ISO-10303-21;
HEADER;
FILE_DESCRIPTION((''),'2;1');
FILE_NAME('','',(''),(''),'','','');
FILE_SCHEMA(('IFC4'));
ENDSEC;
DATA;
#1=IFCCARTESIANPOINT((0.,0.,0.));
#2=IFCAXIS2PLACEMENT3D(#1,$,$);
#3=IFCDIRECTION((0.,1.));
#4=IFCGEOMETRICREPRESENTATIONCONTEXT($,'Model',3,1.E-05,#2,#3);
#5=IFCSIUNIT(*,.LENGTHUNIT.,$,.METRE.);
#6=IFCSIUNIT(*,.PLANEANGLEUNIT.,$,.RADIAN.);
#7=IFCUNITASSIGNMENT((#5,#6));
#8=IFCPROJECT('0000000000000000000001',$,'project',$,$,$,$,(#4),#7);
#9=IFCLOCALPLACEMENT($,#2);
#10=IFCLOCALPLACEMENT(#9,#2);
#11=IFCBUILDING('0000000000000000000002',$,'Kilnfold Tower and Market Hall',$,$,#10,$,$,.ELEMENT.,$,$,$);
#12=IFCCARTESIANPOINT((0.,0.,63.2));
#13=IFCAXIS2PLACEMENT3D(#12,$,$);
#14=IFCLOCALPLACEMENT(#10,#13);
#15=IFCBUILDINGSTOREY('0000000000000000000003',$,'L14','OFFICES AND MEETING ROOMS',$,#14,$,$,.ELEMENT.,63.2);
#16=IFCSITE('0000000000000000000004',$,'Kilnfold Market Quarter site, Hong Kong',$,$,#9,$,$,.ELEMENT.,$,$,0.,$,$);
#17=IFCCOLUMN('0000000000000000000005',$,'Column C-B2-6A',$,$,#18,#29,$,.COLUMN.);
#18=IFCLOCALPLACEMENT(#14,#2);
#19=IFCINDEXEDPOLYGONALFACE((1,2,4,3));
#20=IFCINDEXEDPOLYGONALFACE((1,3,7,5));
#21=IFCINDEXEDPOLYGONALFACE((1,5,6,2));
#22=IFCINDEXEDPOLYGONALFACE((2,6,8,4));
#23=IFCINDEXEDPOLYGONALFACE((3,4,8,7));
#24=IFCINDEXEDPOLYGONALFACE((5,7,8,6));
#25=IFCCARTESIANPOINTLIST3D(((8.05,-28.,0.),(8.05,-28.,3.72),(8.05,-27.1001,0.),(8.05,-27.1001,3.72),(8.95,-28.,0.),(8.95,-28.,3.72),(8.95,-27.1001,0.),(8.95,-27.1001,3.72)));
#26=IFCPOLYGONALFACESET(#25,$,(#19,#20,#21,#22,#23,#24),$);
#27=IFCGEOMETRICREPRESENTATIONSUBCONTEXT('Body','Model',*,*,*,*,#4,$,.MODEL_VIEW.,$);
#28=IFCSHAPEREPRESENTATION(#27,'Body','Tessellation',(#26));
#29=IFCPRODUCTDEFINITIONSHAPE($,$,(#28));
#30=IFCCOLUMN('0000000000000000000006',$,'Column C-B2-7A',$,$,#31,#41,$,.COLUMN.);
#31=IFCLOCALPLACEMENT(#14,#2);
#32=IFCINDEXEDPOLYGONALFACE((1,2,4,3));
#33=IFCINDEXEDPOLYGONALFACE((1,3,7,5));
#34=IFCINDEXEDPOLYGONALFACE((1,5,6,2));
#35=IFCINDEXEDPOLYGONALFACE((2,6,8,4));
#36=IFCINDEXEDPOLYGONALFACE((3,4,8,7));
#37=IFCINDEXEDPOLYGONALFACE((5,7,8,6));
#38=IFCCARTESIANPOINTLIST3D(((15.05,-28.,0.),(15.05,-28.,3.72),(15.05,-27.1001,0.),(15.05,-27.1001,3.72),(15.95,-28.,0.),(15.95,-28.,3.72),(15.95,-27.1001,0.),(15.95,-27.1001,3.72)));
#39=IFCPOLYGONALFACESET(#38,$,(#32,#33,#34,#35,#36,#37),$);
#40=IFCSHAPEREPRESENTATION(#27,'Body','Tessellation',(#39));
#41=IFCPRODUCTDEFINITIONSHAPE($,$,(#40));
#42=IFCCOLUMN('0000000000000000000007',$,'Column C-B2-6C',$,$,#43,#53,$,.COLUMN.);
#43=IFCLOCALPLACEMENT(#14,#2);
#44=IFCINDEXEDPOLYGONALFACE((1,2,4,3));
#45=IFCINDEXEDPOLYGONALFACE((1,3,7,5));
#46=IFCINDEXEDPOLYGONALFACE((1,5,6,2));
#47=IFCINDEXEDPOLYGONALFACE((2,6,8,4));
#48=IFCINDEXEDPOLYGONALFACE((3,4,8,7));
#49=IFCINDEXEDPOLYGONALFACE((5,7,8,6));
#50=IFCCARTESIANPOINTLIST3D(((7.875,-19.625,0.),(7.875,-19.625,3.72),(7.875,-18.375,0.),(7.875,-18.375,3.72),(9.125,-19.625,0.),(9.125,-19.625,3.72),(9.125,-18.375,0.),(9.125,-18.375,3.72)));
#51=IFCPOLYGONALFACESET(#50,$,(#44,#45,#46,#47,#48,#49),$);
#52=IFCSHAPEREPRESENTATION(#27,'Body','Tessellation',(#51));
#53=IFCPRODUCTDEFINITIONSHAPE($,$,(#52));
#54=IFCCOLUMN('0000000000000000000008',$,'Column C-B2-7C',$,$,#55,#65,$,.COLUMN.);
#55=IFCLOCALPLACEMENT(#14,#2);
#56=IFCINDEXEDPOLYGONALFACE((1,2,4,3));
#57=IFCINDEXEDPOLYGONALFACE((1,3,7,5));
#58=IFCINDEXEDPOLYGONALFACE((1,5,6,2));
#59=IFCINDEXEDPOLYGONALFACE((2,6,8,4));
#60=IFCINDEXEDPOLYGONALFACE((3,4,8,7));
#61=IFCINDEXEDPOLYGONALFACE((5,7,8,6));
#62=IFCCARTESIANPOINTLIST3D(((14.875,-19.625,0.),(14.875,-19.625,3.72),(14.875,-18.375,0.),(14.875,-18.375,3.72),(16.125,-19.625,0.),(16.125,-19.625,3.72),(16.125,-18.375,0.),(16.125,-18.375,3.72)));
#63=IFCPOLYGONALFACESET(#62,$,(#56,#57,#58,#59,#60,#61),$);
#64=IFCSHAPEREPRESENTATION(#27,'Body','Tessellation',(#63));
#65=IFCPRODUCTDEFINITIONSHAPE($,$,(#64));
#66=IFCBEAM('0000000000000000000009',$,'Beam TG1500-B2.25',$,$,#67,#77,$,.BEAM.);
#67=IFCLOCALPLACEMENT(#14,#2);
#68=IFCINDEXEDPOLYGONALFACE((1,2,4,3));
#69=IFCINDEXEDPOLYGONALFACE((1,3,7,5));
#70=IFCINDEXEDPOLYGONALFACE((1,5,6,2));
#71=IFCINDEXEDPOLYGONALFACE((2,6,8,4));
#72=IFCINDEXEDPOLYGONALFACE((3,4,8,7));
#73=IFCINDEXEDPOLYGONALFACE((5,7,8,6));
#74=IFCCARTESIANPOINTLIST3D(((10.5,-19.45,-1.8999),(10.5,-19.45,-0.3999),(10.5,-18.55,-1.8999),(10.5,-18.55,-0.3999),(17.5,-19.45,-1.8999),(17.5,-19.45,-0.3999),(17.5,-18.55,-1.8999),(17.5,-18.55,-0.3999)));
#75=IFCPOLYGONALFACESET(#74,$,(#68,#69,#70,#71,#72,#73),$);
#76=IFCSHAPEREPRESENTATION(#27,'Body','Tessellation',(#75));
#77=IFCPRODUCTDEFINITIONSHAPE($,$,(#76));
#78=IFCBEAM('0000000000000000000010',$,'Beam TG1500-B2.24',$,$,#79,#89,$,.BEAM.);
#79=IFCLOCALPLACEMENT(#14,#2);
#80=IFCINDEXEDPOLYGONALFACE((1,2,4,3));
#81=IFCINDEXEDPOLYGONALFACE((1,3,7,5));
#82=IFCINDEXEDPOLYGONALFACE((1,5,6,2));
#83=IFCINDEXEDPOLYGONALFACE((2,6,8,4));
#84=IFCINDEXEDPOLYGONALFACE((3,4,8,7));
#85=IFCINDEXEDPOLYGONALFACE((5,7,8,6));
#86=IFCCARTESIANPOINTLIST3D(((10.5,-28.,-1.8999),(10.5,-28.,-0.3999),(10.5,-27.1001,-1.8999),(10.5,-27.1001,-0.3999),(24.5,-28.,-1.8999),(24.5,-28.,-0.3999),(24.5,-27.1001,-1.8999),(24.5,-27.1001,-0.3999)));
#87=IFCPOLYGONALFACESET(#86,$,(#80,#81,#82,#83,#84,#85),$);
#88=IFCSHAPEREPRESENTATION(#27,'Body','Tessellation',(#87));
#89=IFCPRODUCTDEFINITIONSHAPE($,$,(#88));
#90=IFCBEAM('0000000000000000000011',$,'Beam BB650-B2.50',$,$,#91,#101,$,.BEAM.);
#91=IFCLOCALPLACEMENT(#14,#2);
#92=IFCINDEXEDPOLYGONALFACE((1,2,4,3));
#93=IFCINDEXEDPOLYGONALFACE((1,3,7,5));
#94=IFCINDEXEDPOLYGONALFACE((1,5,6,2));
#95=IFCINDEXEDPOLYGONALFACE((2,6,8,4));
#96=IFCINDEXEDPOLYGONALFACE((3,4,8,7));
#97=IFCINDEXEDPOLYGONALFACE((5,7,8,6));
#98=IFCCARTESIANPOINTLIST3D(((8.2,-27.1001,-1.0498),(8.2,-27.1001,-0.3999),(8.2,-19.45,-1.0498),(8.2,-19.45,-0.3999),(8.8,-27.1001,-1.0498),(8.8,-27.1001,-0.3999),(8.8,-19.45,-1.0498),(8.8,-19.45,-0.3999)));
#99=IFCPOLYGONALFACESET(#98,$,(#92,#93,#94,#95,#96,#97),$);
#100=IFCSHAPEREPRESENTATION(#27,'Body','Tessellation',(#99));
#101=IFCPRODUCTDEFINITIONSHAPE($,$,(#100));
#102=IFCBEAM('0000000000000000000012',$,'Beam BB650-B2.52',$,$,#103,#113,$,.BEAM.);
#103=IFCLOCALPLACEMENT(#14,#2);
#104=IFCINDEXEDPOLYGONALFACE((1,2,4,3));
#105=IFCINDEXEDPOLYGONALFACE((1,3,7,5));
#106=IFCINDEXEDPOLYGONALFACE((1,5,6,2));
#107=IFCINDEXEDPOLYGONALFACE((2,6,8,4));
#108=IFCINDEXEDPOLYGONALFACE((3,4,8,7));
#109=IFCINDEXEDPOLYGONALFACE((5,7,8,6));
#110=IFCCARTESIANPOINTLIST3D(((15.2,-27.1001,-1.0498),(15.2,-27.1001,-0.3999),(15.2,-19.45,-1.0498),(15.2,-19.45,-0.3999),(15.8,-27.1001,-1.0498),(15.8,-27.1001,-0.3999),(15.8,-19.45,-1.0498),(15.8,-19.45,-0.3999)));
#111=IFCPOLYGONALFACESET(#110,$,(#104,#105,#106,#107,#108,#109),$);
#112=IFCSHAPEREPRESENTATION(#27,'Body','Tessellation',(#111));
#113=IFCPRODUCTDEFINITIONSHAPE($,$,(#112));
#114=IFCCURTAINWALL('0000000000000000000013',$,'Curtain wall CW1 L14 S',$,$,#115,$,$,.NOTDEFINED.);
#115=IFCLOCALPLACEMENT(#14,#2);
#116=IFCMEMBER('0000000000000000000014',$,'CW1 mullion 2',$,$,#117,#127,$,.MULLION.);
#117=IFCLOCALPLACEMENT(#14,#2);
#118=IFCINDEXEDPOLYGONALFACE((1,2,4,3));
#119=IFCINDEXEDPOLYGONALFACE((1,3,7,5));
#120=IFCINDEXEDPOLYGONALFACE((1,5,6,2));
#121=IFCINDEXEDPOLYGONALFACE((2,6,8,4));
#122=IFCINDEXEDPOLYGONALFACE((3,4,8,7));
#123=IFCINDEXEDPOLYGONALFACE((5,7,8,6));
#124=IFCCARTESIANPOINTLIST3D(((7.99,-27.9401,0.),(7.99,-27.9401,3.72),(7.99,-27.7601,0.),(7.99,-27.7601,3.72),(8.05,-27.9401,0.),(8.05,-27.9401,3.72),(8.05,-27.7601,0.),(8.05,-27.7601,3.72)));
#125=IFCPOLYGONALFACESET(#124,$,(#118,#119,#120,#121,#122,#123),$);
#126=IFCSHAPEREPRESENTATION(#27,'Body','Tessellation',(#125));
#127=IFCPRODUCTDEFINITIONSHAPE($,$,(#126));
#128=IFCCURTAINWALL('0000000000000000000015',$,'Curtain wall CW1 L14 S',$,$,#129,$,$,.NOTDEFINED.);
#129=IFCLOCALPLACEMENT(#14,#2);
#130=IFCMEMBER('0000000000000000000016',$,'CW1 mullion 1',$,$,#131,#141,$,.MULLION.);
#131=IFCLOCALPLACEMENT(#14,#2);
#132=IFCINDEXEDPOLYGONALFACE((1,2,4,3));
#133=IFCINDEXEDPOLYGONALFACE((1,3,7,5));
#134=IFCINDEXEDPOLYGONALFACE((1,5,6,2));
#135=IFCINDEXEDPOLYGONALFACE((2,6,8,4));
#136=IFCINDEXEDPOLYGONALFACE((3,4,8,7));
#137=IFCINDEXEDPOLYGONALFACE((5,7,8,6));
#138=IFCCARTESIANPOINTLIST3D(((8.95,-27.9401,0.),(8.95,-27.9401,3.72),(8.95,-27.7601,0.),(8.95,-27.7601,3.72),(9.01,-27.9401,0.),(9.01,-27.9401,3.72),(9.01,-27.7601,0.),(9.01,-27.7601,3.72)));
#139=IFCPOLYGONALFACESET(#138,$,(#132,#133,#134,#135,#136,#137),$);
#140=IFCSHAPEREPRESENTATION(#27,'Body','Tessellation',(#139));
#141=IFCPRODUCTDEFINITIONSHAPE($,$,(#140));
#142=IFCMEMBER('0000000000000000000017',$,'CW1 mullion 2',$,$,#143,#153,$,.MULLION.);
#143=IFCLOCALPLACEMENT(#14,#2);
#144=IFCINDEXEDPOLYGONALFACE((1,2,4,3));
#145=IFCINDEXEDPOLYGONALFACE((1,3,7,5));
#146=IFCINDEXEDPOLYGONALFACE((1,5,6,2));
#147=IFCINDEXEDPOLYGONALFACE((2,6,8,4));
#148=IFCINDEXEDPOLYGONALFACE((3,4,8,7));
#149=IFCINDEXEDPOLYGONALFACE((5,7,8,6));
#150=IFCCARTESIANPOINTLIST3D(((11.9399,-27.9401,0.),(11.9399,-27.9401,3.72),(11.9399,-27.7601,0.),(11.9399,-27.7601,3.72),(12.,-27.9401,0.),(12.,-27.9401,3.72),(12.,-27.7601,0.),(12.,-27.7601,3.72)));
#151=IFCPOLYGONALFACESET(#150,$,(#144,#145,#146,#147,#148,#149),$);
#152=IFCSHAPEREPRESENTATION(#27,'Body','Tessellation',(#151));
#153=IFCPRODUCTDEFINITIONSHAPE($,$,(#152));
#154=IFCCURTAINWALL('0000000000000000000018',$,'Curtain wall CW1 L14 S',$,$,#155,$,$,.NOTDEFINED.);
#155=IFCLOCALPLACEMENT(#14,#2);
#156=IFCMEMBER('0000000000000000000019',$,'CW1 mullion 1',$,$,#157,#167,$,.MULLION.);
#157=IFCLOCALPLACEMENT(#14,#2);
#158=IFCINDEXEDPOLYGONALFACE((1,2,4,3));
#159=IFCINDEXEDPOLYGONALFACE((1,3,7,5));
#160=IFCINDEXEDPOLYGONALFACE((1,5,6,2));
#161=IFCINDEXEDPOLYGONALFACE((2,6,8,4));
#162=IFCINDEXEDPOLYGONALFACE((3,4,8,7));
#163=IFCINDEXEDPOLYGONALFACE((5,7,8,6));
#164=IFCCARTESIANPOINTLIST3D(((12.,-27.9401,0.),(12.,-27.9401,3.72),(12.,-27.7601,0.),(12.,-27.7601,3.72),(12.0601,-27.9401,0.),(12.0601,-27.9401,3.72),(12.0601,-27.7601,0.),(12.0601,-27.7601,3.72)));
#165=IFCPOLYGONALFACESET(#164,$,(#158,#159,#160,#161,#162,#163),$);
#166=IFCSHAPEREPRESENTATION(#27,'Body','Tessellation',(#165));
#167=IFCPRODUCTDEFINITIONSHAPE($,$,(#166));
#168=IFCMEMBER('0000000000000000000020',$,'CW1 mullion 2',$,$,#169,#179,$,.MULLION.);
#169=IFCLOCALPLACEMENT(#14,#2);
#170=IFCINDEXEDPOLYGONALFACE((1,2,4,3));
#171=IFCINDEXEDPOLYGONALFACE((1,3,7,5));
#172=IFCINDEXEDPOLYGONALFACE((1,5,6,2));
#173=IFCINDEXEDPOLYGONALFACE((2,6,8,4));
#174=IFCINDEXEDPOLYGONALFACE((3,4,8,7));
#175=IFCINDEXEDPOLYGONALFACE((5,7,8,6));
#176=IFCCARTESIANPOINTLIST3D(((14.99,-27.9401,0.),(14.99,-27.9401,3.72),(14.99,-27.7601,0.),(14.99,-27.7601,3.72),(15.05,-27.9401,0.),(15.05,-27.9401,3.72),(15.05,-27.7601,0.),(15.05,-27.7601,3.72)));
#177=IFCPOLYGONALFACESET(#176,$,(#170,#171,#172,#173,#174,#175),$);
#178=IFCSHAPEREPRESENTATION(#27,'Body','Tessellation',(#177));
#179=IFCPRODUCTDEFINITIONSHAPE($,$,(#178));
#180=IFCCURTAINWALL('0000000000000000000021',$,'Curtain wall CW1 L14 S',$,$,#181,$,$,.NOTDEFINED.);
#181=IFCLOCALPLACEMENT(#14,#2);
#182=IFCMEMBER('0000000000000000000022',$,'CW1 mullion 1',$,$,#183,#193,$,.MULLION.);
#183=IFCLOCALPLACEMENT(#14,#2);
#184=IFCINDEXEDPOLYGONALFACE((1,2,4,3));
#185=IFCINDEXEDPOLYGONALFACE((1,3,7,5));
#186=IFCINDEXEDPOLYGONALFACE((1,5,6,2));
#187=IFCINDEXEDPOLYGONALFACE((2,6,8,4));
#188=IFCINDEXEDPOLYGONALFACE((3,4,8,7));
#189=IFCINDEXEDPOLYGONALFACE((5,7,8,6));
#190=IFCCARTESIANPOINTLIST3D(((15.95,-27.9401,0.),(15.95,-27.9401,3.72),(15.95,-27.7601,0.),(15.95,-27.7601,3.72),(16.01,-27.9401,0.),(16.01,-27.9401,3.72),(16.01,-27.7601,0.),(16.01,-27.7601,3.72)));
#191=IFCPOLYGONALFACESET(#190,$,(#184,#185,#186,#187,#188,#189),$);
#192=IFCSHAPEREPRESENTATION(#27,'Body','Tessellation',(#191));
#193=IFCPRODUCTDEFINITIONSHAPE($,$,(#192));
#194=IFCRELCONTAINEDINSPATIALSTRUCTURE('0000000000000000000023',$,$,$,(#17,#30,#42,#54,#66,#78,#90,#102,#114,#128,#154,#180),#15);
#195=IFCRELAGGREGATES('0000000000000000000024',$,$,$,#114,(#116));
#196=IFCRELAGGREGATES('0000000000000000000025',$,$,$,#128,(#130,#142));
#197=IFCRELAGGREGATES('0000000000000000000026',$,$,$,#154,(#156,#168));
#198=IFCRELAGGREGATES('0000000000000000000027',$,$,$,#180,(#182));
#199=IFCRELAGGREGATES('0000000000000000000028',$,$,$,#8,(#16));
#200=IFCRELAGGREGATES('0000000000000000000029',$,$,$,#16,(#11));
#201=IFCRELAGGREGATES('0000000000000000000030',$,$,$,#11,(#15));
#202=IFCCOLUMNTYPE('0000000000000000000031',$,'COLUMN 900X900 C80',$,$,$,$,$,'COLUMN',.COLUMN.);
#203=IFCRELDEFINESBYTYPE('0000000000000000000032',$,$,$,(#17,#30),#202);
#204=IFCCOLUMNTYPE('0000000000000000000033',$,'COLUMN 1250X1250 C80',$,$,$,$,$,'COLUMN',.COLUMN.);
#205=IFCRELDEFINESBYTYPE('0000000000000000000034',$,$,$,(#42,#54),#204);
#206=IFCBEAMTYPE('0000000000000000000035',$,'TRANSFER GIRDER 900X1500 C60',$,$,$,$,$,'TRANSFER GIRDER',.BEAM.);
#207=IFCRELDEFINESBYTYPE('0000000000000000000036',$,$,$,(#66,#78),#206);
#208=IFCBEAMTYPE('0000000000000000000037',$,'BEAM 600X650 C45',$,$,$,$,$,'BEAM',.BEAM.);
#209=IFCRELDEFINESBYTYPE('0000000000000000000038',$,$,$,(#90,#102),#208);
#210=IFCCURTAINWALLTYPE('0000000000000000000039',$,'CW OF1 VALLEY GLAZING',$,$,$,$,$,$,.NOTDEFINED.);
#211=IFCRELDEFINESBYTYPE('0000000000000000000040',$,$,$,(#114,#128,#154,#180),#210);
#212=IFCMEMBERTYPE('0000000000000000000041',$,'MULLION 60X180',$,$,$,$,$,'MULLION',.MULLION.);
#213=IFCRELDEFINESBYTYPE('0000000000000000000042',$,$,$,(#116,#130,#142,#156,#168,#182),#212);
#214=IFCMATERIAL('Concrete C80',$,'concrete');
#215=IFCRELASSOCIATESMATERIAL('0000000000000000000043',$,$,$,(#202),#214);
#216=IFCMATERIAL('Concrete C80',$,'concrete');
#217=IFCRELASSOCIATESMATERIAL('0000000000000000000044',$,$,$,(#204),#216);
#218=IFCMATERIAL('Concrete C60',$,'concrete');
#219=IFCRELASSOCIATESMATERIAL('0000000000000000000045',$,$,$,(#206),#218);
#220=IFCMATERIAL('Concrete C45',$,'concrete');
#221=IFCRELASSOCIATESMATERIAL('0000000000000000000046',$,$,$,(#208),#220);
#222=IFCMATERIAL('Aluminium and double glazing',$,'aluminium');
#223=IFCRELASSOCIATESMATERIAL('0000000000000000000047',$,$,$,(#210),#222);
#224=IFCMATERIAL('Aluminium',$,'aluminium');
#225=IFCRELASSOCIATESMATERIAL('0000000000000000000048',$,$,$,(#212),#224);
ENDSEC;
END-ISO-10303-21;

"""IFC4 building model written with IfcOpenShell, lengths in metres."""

from ifc_helpers import new_model, si_unit, direction, frame, origin, origin_2d, place, context, subcontext, project, spatial, rectangle, extrude, source, transform, mapped, material, material_profile, profile_set, type_object, element, aggregate, save


model = new_model("IFC4")

# Units and contexts
model_context = context("Model", 3, precision=1e-05, world=origin(), true_north=direction((0.0, 1.0)))
body_context = subcontext(model_context, "Body", "Model", "MODEL_VIEW")
ifc_project = project(units=[si_unit("LENGTHUNIT", "METRE"), si_unit("PLANEANGLEUNIT", "RADIAN")], contexts=[model_context])

# Site, building, storey
site_placement = place(None, origin())
site = spatial("IfcSite", under=ifc_project, at=site_placement, Name="Kilnfold Market Quarter site, Hong Kong", CompositionType="ELEMENT", RefElevation=0.0)
building_placement = place(site_placement, origin())
building = spatial("IfcBuilding", under=site, at=building_placement, Name="Kilnfold Tower and Market Hall", CompositionType="ELEMENT")
storey_placement = place(building_placement, frame((0.0, 0.0, 63.2)))
storey = spatial("IfcBuildingStorey", under=building, at=storey_placement, Name="L14", Description="OFFICES AND MEETING ROOMS", CompositionType="ELEMENT", Elevation=63.2)

# Columns
ifc_material_1 = material(Name="Concrete C80", Category="concrete")
ifc_material_profile_1 = material_profile(ifc_material_1, rectangle(XDim=0.8999, YDim=0.8999, at=origin_2d()), Name="RC 900x900")
ifc_profile_set_1 = profile_set([ifc_material_profile_1], Name="Concrete C80")
column_type_1 = type_object("IfcColumnType", Name="COLUMN 900X900 C80", ElementType="COLUMN", PredefinedType="COLUMN", material=ifc_profile_set_1)
shared_shape_1 = source(origin(), body_context, "Body", "SweptSolid", [
    extrude(rectangle(XDim=0.8999, YDim=0.8999, at=origin_2d()), origin(), (0.0, 0.0, 1.0), 3.72),
])
for number, where, z_axis, x_axis, name in (
    (1, (8.5, -27.55, 0.0), (0.0, 0.0, 1.0), (1.0, 0.0, 0.0), "Column C-B2-6A"),
    (2, (15.5, -27.55, 0.0), (0.0, 0.0, 1.0), (1.0, 0.0, 0.0), "Column C-B2-7A"),
):
    element("IfcColumn", number, at=place(storey_placement, frame(where, z_axis=z_axis, x_axis=x_axis)), inside=storey, type_object=column_type_1, Name=name, PredefinedType="COLUMN", context=body_context, shape_type="MappedRepresentation", body=[
        mapped(shared_shape_1, transform((0.0, 0.0, 0.0))),
    ])
ifc_material_2 = material(Name="Concrete C80", Category="concrete")
ifc_material_profile_2 = material_profile(ifc_material_2, rectangle(XDim=1.25, YDim=1.25, at=origin_2d()), Name="RC 1250x1250")
ifc_profile_set_2 = profile_set([ifc_material_profile_2], Name="Concrete C80")
column_type_2 = type_object("IfcColumnType", Name="COLUMN 1250X1250 C80", ElementType="COLUMN", PredefinedType="COLUMN", material=ifc_profile_set_2)
shared_shape_2 = source(origin(), body_context, "Body", "SweptSolid", [
    extrude(rectangle(XDim=1.25, YDim=1.25, at=origin_2d()), origin(), (0.0, 0.0, 1.0), 3.72),
])
for number, where, z_axis, x_axis, name in (
    (3, (8.5, -19.0, 0.0), (0.0, 0.0, 1.0), (1.0, 0.0, 0.0), "Column C-B2-6C"),
    (4, (15.5, -19.0, 0.0), (0.0, 0.0, 1.0), (1.0, 0.0, 0.0), "Column C-B2-7C"),
):
    element("IfcColumn", number, at=place(storey_placement, frame(where, z_axis=z_axis, x_axis=x_axis)), inside=storey, type_object=column_type_2, Name=name, PredefinedType="COLUMN", context=body_context, shape_type="MappedRepresentation", body=[
        mapped(shared_shape_2, transform((0.0, 0.0, 0.0))),
    ])

# Beams
ifc_material_3 = material(Name="Concrete C60", Category="concrete")
ifc_material_profile_3 = material_profile(ifc_material_3, rectangle(XDim=0.8999, YDim=1.5, at=origin_2d()), Name="RC 900x1500")
ifc_profile_set_3 = profile_set([ifc_material_profile_3], Name="Concrete C60")
beam_type_1 = type_object("IfcBeamType", Name="TRANSFER GIRDER 900X1500 C60", ElementType="TRANSFER GIRDER", PredefinedType="BEAM", material=ifc_profile_set_3)
shared_shape_3 = source(origin(), body_context, "Body", "SweptSolid", [
    extrude(rectangle(XDim=0.8999, YDim=1.5, at=origin_2d()), origin(), (0.0, 0.0, 1.0), 7.0),
])
beam_1_placement = place(storey_placement, frame((10.5, -19.0, -1.1499), z_axis=(1.0, 0.0, 0.0), x_axis=(0.0, 1.0, 0.0)))
element("IfcBeam", 5, at=beam_1_placement, inside=storey, type_object=beam_type_1, Name="Beam TG1500-B2.25", PredefinedType="BEAM", context=body_context, shape_type="MappedRepresentation", body=[
    mapped(shared_shape_3, transform((0.0, 0.0, 0.0))),
])
shared_shape_4 = source(origin(), body_context, "Body", "SweptSolid", [
    extrude(rectangle(XDim=0.8999, YDim=1.5, at=origin_2d()), origin(), (0.0, 0.0, 1.0), 14.0),
])
beam_2_placement = place(storey_placement, frame((10.5, -27.55, -1.1499), z_axis=(1.0, 0.0, 0.0), x_axis=(0.0, 1.0, 0.0)))
element("IfcBeam", 6, at=beam_2_placement, inside=storey, type_object=beam_type_1, Name="Beam TG1500-B2.24", PredefinedType="BEAM", context=body_context, shape_type="MappedRepresentation", body=[
    mapped(shared_shape_4, transform((0.0, 0.0, 0.0))),
])
ifc_material_4 = material(Name="Concrete C45", Category="concrete")
ifc_material_profile_4 = material_profile(ifc_material_4, rectangle(XDim=0.6001, YDim=0.6499, at=origin_2d()), Name="RC 600x650")
ifc_profile_set_4 = profile_set([ifc_material_profile_4], Name="Concrete C45")
beam_type_2 = type_object("IfcBeamType", Name="BEAM 600X650 C45", ElementType="BEAM", PredefinedType="BEAM", material=ifc_profile_set_4)
shared_shape_5 = source(origin(), body_context, "Body", "SweptSolid", [
    extrude(rectangle(XDim=0.6001, YDim=0.6499, at=origin_2d()), origin(), (0.0, 0.0, 1.0), 7.6501),
])
for number, where, z_axis, x_axis, name in (
    (7, (8.5, -27.1001, -0.7249), (0.0, 1.0, 0.0), (-1.0, 0.0, 0.0), "Beam BB650-B2.50"),
    (8, (15.5, -27.1001, -0.7249), (0.0, 1.0, 0.0), (-1.0, 0.0, 0.0), "Beam BB650-B2.52"),
):
    element("IfcBeam", number, at=place(storey_placement, frame(where, z_axis=z_axis, x_axis=x_axis)), inside=storey, type_object=beam_type_2, Name=name, PredefinedType="BEAM", context=body_context, shape_type="MappedRepresentation", body=[
        mapped(shared_shape_5, transform((0.0, 0.0, 0.0))),
    ])

# Curtain wall, member
ifc_material_5 = material(Name="Aluminium and double glazing", Category="aluminium")
curtain_wall_type = type_object("IfcCurtainWallType", Name="CW OF1 VALLEY GLAZING", PredefinedType="NOTDEFINED", material=ifc_material_5)
curtain_wall_1_placement = place(storey_placement, origin())
curtain_wall_1 = element("IfcCurtainWall", 9, at=curtain_wall_1_placement, inside=storey, type_object=curtain_wall_type, Name="Curtain wall CW1 L14 S", PredefinedType="NOTDEFINED")
ifc_material_6 = material(Name="Aluminium", Category="aluminium")
ifc_material_profile_5 = material_profile(ifc_material_6, rectangle(XDim=0.0601, YDim=0.1799, at=origin_2d()), Name="MULLION 60x180")
ifc_profile_set_5 = profile_set([ifc_material_profile_5], Name="Aluminium")
member_type_1 = type_object("IfcMemberType", Name="MULLION 60X180", ElementType="MULLION", PredefinedType="MULLION", material=ifc_profile_set_5)
shared_shape_6 = source(origin(), body_context, "Body", "SweptSolid", [
    extrude(rectangle(XDim=0.0601, YDim=0.1799, at=origin_2d()), origin(), (0.0, 0.0, 1.0), 3.72),
])
member_1_placement = place(storey_placement, frame((8.02, -27.8501, 0.0), z_axis=(0.0, 0.0, 1.0), x_axis=(1.0, 0.0, 0.0)))
member_1 = element("IfcMember", 10, at=member_1_placement, type_object=member_type_1, Name="CW1 mullion 2", PredefinedType="MULLION", context=body_context, shape_type="MappedRepresentation", body=[
    mapped(shared_shape_6, transform((0.0, 0.0, 0.0))),
])

# Curtain walls, members
curtain_wall_2_placement = place(storey_placement, origin())
curtain_wall_2 = element("IfcCurtainWall", 11, at=curtain_wall_2_placement, inside=storey, type_object=curtain_wall_type, Name="Curtain wall CW1 L14 S", PredefinedType="NOTDEFINED")
member_2_placement = place(storey_placement, frame((8.98, -27.8501, 0.0), z_axis=(0.0, 0.0, 1.0), x_axis=(1.0, 0.0, 0.0)))
member_2 = element("IfcMember", 12, at=member_2_placement, type_object=member_type_1, Name="CW1 mullion 1", PredefinedType="MULLION", context=body_context, shape_type="MappedRepresentation", body=[
    mapped(shared_shape_6, transform((0.0, 0.0, 0.0))),
])
member_3_placement = place(storey_placement, frame((11.97, -27.8501, 0.0), z_axis=(0.0, 0.0, 1.0), x_axis=(1.0, 0.0, 0.0)))
member_3 = element("IfcMember", 13, at=member_3_placement, type_object=member_type_1, Name="CW1 mullion 2", PredefinedType="MULLION", context=body_context, shape_type="MappedRepresentation", body=[
    mapped(shared_shape_6, transform((0.0, 0.0, 0.0))),
])
curtain_wall_3_placement = place(storey_placement, origin())
curtain_wall_3 = element("IfcCurtainWall", 14, at=curtain_wall_3_placement, inside=storey, type_object=curtain_wall_type, Name="Curtain wall CW1 L14 S", PredefinedType="NOTDEFINED")
member_4_placement = place(storey_placement, frame((12.03, -27.8501, 0.0), z_axis=(0.0, 0.0, 1.0), x_axis=(1.0, 0.0, 0.0)))
member_4 = element("IfcMember", 15, at=member_4_placement, type_object=member_type_1, Name="CW1 mullion 1", PredefinedType="MULLION", context=body_context, shape_type="MappedRepresentation", body=[
    mapped(shared_shape_6, transform((0.0, 0.0, 0.0))),
])
member_5_placement = place(storey_placement, frame((15.02, -27.8501, 0.0), z_axis=(0.0, 0.0, 1.0), x_axis=(1.0, 0.0, 0.0)))
member_5 = element("IfcMember", 16, at=member_5_placement, type_object=member_type_1, Name="CW1 mullion 2", PredefinedType="MULLION", context=body_context, shape_type="MappedRepresentation", body=[
    mapped(shared_shape_6, transform((0.0, 0.0, 0.0))),
])
curtain_wall_4_placement = place(storey_placement, origin())
curtain_wall_4 = element("IfcCurtainWall", 17, at=curtain_wall_4_placement, inside=storey, type_object=curtain_wall_type, Name="Curtain wall CW1 L14 S", PredefinedType="NOTDEFINED")
member_6_placement = place(storey_placement, frame((15.98, -27.8501, 0.0), z_axis=(0.0, 0.0, 1.0), x_axis=(1.0, 0.0, 0.0)))
member_6 = element("IfcMember", 18, at=member_6_placement, type_object=member_type_1, Name="CW1 mullion 1", PredefinedType="MULLION", context=body_context, shape_type="MappedRepresentation", body=[
    mapped(shared_shape_6, transform((0.0, 0.0, 0.0))),
])

aggregate(curtain_wall_1, [member_1])
aggregate(curtain_wall_2, [member_2, member_3])
aggregate(curtain_wall_3, [member_4, member_5])
aggregate(curtain_wall_4, [member_6])

save(model, "model.ifc")
